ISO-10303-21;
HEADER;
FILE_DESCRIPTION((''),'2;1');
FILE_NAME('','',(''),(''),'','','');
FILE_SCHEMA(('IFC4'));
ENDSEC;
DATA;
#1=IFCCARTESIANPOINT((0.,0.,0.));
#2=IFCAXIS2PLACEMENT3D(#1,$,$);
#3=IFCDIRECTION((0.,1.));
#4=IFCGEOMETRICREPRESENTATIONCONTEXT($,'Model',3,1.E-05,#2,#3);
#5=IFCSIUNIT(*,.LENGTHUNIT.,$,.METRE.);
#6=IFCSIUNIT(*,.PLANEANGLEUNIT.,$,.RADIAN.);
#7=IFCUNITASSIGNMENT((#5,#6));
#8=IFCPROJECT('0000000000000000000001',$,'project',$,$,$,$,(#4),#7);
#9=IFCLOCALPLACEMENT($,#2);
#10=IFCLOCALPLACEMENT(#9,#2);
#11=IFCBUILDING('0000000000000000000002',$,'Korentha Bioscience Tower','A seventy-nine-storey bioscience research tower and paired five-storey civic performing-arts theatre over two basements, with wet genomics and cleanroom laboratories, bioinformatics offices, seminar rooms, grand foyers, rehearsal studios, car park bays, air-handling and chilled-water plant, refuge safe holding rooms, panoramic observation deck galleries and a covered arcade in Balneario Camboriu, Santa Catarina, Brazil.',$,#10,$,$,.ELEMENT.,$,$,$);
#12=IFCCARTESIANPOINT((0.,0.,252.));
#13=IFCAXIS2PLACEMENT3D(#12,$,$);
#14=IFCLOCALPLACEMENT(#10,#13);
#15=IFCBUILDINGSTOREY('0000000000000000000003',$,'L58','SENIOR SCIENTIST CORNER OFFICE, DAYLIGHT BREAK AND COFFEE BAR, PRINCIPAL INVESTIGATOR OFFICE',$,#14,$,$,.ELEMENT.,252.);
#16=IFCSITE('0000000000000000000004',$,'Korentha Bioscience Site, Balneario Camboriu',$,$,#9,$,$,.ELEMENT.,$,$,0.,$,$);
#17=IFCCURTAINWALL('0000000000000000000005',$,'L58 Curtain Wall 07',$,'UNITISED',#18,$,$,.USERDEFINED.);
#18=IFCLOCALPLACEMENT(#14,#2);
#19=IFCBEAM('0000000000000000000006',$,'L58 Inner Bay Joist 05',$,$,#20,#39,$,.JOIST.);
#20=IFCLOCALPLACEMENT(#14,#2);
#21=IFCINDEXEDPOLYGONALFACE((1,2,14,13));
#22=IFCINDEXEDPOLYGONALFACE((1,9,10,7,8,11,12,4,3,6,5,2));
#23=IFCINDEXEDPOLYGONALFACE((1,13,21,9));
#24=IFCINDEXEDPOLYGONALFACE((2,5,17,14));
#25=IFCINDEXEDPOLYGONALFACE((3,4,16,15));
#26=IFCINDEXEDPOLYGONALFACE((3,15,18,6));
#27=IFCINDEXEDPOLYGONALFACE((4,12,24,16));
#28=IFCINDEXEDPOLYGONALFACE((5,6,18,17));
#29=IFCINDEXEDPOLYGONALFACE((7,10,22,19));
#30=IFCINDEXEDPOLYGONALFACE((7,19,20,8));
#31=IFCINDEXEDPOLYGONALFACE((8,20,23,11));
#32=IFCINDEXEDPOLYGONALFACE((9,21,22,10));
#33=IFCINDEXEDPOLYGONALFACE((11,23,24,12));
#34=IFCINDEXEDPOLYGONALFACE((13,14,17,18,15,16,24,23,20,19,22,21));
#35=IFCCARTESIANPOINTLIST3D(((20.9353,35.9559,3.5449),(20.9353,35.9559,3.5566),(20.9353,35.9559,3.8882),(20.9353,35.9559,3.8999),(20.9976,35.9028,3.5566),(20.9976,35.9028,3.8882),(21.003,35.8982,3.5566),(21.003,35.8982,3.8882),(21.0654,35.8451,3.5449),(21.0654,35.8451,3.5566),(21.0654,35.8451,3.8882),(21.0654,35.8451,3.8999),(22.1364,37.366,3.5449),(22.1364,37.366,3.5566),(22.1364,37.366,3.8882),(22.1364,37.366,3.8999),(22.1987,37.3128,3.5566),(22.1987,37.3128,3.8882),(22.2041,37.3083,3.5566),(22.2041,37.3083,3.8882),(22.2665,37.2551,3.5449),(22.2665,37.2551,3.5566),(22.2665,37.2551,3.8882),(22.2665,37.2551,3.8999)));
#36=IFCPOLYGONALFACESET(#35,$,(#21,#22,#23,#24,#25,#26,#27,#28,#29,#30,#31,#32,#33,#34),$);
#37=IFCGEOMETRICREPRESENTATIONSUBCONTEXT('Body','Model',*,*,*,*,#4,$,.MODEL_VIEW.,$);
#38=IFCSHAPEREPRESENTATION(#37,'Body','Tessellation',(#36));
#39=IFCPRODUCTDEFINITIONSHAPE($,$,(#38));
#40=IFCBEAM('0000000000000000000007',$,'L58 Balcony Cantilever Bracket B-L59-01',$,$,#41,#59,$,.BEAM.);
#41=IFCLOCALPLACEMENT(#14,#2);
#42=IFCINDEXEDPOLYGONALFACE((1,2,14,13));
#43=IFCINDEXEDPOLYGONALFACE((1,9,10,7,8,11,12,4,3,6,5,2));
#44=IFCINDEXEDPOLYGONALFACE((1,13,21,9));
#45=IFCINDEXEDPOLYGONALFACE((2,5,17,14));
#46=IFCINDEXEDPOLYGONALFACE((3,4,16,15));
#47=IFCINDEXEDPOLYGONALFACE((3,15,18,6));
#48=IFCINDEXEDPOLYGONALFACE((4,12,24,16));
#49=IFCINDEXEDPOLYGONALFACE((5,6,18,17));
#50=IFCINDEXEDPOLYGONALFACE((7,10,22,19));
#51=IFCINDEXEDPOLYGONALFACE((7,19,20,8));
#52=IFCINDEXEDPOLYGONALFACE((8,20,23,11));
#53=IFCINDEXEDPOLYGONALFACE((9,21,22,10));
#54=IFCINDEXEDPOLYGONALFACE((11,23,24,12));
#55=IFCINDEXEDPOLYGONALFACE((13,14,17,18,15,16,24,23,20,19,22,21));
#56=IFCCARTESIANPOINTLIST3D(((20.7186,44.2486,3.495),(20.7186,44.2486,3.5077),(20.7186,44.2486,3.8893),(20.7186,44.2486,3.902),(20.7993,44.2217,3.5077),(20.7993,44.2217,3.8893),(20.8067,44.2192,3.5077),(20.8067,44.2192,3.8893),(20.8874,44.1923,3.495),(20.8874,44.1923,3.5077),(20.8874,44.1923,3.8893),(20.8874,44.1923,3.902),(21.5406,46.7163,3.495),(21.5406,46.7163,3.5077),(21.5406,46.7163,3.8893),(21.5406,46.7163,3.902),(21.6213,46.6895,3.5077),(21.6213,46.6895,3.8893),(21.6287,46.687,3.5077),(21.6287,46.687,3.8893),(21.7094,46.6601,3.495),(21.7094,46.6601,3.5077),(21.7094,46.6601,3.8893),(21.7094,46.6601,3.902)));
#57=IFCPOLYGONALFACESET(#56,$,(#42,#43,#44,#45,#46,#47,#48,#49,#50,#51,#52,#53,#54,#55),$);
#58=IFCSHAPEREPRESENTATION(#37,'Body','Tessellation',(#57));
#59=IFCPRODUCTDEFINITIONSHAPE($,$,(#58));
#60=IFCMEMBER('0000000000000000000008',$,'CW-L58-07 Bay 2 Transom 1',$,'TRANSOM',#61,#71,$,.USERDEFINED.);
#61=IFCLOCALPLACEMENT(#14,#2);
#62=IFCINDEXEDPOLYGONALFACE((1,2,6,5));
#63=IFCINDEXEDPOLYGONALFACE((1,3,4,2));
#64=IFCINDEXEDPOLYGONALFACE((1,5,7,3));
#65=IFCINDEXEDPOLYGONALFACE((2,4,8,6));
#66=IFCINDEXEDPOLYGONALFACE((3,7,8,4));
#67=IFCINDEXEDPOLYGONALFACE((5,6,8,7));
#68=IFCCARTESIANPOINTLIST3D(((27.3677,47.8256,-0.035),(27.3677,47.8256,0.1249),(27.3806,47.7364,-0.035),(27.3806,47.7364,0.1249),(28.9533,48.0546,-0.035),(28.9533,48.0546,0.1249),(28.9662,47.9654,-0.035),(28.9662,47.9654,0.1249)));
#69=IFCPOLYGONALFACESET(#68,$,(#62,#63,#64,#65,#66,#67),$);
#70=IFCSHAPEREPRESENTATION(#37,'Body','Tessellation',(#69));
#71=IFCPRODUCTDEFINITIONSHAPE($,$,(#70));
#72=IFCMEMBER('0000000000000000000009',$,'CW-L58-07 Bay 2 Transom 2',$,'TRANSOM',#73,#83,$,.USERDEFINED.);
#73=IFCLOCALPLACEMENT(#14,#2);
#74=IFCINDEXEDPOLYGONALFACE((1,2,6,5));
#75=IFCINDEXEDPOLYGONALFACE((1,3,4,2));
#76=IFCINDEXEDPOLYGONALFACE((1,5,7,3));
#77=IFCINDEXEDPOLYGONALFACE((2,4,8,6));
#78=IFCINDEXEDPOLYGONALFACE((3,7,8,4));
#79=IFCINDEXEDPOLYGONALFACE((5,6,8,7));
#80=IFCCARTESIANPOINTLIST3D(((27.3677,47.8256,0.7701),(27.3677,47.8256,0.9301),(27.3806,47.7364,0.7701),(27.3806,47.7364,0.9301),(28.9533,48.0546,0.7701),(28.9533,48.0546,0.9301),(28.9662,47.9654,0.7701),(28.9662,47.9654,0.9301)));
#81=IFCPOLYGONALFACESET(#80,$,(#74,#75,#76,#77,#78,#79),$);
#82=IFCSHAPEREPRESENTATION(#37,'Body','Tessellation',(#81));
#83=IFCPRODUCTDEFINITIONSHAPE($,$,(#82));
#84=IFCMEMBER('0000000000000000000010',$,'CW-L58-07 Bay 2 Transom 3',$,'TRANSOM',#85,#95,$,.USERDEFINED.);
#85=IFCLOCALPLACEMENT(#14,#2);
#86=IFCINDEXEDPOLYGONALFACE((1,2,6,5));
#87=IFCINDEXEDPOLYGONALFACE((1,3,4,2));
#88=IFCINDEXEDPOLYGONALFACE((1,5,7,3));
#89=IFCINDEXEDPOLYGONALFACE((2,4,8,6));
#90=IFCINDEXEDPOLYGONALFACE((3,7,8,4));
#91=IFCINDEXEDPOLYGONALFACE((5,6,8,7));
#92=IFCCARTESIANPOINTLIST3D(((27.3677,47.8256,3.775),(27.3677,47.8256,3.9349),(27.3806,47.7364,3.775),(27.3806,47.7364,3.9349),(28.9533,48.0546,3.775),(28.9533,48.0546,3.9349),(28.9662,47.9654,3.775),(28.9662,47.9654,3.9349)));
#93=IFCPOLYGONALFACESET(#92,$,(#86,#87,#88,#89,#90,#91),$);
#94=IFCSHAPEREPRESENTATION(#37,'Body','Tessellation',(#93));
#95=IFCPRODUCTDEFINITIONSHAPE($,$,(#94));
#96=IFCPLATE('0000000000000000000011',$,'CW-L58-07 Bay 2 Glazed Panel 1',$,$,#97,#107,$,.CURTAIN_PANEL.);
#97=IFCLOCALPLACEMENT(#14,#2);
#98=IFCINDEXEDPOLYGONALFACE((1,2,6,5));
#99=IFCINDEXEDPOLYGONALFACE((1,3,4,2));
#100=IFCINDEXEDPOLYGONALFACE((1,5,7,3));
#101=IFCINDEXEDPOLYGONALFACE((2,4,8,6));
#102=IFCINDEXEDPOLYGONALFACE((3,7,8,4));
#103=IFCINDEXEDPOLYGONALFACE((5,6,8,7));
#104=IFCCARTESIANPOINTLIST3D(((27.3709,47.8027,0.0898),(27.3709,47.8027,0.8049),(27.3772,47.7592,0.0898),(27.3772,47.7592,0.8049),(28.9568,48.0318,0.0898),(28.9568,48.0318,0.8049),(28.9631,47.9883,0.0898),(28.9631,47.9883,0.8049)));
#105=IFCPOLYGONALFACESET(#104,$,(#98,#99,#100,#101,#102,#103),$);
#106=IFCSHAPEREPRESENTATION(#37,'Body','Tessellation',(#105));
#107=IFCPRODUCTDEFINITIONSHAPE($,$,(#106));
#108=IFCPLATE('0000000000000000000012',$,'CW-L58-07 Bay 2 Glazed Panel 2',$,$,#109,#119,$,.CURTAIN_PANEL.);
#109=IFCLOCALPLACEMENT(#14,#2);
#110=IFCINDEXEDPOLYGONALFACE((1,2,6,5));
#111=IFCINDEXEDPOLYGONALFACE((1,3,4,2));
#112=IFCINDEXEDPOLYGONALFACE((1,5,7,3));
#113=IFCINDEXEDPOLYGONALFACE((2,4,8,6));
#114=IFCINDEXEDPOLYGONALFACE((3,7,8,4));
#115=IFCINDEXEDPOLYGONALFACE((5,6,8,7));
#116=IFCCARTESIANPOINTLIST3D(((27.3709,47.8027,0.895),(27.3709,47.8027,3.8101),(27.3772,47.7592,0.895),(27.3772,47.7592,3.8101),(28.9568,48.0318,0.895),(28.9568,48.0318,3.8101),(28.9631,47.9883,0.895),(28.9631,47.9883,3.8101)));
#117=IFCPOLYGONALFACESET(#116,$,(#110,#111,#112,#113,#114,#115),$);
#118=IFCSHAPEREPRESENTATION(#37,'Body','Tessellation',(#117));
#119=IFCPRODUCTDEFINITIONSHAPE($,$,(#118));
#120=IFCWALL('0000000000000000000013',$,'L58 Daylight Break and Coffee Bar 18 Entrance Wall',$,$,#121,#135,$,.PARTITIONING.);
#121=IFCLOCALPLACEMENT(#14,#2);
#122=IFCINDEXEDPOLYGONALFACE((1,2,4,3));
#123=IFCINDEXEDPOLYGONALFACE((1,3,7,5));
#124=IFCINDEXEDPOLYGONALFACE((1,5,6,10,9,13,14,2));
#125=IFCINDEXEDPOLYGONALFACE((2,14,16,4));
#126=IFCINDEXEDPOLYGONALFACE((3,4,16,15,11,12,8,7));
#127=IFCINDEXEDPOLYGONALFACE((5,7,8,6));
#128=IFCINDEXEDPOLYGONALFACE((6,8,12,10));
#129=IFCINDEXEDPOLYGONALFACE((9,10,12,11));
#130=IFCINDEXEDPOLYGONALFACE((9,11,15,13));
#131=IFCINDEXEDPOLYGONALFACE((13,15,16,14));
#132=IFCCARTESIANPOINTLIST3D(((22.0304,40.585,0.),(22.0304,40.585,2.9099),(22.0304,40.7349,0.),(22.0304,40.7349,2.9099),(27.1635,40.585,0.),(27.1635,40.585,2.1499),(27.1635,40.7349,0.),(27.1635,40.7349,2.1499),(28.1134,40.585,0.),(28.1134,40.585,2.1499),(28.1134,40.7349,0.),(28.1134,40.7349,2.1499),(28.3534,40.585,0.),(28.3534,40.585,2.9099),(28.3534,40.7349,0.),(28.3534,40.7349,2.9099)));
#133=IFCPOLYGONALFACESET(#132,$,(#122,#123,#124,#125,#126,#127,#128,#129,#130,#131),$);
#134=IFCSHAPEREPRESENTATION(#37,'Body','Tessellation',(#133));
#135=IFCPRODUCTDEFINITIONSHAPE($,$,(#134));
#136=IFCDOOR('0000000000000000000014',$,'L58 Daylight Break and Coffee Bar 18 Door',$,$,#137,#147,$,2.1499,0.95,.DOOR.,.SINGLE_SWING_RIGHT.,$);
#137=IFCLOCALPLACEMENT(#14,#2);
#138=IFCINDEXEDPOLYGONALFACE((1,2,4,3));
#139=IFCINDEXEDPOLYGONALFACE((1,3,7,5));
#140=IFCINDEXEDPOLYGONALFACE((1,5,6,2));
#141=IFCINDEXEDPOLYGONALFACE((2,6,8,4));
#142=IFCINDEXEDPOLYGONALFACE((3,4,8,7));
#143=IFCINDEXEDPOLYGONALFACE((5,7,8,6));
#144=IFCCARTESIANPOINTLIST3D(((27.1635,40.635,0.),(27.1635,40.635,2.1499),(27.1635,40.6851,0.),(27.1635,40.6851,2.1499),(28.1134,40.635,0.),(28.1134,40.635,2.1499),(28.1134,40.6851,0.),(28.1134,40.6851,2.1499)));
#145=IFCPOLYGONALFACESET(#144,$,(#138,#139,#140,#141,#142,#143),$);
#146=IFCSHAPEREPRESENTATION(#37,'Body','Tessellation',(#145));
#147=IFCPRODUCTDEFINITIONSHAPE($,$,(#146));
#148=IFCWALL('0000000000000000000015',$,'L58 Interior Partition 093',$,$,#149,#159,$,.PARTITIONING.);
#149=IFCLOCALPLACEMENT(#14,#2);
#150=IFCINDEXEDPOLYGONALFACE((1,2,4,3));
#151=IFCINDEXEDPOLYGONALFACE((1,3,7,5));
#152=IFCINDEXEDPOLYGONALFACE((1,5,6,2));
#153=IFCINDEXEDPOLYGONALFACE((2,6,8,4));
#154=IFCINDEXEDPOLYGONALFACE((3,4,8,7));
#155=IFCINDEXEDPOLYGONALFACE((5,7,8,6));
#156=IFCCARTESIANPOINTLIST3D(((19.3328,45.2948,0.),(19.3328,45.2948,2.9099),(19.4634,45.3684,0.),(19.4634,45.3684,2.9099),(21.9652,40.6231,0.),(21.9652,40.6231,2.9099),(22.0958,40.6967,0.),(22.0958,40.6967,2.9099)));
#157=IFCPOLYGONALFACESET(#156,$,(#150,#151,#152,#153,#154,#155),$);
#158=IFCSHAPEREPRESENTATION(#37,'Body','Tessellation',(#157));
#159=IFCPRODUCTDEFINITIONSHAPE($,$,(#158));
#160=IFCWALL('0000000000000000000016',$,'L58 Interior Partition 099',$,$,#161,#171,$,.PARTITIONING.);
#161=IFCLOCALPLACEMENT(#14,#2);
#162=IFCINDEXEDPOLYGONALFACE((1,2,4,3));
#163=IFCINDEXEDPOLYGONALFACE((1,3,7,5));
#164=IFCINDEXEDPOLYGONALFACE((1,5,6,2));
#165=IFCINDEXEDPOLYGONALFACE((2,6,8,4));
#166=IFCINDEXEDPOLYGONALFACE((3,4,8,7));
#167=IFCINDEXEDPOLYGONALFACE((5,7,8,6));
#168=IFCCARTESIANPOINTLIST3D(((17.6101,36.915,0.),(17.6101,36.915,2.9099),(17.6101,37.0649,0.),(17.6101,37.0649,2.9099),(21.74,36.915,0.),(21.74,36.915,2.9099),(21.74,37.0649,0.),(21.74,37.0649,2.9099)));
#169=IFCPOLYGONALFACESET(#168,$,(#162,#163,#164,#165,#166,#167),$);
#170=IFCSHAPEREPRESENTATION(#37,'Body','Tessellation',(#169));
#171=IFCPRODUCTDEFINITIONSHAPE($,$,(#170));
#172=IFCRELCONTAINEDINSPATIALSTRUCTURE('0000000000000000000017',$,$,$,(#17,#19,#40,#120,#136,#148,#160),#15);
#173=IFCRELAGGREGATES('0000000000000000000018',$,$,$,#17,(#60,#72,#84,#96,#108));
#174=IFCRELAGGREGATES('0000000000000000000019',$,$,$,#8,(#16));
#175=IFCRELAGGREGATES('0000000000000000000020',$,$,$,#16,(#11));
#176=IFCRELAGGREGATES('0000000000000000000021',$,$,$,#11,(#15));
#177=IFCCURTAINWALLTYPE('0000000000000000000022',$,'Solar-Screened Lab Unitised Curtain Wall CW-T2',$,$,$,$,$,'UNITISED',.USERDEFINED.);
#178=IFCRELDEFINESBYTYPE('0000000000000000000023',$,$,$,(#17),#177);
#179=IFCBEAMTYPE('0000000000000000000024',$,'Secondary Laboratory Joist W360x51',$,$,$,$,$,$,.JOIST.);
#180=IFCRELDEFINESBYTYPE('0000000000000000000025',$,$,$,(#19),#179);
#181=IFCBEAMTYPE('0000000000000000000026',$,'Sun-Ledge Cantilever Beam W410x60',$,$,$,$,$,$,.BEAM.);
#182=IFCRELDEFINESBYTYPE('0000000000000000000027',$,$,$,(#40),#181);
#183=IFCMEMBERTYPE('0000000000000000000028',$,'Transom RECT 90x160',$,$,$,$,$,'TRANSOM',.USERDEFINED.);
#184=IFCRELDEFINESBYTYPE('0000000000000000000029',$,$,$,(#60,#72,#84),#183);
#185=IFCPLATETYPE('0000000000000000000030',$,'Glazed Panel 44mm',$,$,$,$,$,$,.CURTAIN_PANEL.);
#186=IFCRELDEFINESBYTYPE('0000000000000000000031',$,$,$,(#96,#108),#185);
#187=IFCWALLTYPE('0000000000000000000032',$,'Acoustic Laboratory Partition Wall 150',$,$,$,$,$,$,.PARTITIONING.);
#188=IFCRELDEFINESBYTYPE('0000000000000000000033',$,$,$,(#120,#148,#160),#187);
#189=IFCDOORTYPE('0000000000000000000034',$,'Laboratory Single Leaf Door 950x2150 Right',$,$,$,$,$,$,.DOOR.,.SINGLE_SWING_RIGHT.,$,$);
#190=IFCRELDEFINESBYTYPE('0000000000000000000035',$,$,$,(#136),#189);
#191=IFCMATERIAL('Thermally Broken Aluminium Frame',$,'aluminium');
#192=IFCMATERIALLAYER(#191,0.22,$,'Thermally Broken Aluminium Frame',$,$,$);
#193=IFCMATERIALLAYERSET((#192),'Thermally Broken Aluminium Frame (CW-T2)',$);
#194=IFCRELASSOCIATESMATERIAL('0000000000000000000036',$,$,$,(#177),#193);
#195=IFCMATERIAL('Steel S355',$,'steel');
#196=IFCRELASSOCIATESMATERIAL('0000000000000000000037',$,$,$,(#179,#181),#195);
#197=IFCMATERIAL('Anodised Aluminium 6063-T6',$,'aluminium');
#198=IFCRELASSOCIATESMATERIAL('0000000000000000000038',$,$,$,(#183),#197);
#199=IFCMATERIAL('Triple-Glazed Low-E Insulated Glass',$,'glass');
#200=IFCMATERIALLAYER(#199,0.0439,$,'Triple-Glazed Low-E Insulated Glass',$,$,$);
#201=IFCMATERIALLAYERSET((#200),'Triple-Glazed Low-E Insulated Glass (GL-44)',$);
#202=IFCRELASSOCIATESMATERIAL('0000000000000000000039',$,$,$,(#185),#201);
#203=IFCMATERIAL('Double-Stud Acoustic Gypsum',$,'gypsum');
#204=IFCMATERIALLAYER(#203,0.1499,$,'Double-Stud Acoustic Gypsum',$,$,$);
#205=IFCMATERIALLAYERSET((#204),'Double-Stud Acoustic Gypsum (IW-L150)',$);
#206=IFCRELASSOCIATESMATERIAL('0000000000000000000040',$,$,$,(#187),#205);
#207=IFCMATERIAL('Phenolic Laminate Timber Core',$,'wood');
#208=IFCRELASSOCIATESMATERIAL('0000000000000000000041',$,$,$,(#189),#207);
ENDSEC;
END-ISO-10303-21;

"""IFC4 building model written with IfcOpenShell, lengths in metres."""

from ifc_helpers import new_model, si_unit, direction, frame, frame_2d, origin, origin_2d, place, context, subcontext, project, spatial, rectangle, i_section, extrude, material, layer, layer_set, material_profile, profile_set, type_object, element, fill, aggregate, save


model = new_model("IFC4")

# Units and contexts
model_context = context("Model", 3, precision=1e-05, world=origin(), true_north=direction((0.0, 1.0)))
body_context = subcontext(model_context, "Body", "Model", "MODEL_VIEW")
ifc_project = project(units=[si_unit("LENGTHUNIT", "METRE"), si_unit("PLANEANGLEUNIT", "RADIAN")], contexts=[model_context])

# Site, building, storey
site_placement = place(None, origin())
site = spatial("IfcSite", under=ifc_project, at=site_placement, Name="Korentha Bioscience Site, Balneario Camboriu", CompositionType="ELEMENT", RefElevation=0.0)
building_placement = place(site_placement, origin())
building = spatial("IfcBuilding", under=site, at=building_placement, Name="Korentha Bioscience Tower", Description="A seventy-nine-storey bioscience research tower and paired five-storey civic performing-arts theatre over two basements, with wet genomics and cleanroom laboratories, bioinformatics offices, seminar rooms, grand foyers, rehearsal studios, car park bays, air-handling and chilled-water plant, refuge safe holding rooms, panoramic observation deck galleries and a covered arcade in Balneario Camboriu, Santa Catarina, Brazil.", CompositionType="ELEMENT")
storey_placement = place(building_placement, frame((0.0, 0.0, 252.0)))
storey = spatial("IfcBuildingStorey", under=building, at=storey_placement, Name="L58", Description="SENIOR SCIENTIST CORNER OFFICE, DAYLIGHT BREAK AND COFFEE BAR, PRINCIPAL INVESTIGATOR OFFICE", CompositionType="ELEMENT", Elevation=252.0)

# Shared definitions
ifc_material_1 = material(Name="Steel S355", Category="steel")

# Curtain wall
ifc_material_2 = material(Name="Thermally Broken Aluminium Frame", Category="aluminium")
ifc_layer_1 = layer(ifc_material_2, 0.22, Name="Thermally Broken Aluminium Frame")
ifc_layer_set_1 = layer_set([ifc_layer_1], Name="Thermally Broken Aluminium Frame (CW-T2)")
curtain_wall_type = type_object("IfcCurtainWallType", Name="Solar-Screened Lab Unitised Curtain Wall CW-T2", ElementType="UNITISED", PredefinedType="USERDEFINED", material=ifc_layer_set_1)
curtain_wall_placement = place(storey_placement, origin())
curtain_wall = element("IfcCurtainWall", 1, at=curtain_wall_placement, inside=storey, type_object=curtain_wall_type, Name="L58 Curtain Wall 07", ObjectType="UNITISED", PredefinedType="USERDEFINED")
ifc_material_3 = material(Name="Anodised Aluminium 6063-T6", Category="aluminium")

# Beams
ifc_material_profile_1 = material_profile(ifc_material_1, i_section(OverallWidth=0.1709, OverallDepth=0.355, WebThickness=0.0071, FlangeThickness=0.0117, at=origin_2d()), Name="Steel S355")
ifc_profile_set_1 = profile_set([ifc_material_profile_1], Name="Steel S355 (JB-360)")
beam_type_1 = type_object("IfcBeamType", Name="Secondary Laboratory Joist W360x51", PredefinedType="JOIST", material=ifc_profile_set_1)
beam_1_placement = place(storey_placement, frame((22.2014, 37.3105, 3.7224), z_axis=(-0.648444, -0.761263, 0.0), x_axis=(0.761263, -0.648444, 0.0)))
element("IfcBeam", 2, at=beam_1_placement, inside=storey, type_object=beam_type_1, Name="L58 Inner Bay Joist 05", PredefinedType="JOIST", context=body_context, shape_type="SweptSolid", body=[
    extrude(i_section(OverallWidth=0.1709, OverallDepth=0.355, WebThickness=0.0071, FlangeThickness=0.0117, at=origin_2d()), origin(), (0.0, 0.0, 1.0), 1.8523),
])
ifc_material_profile_2 = material_profile(ifc_material_1, i_section(OverallWidth=0.178, OverallDepth=0.407, WebThickness=0.0078, FlangeThickness=0.0127, at=origin_2d()), Name="Steel S355")
ifc_profile_set_2 = profile_set([ifc_material_profile_2], Name="Steel S355 (CB-410)")
beam_type_2 = type_object("IfcBeamType", Name="Sun-Ledge Cantilever Beam W410x60", PredefinedType="BEAM", material=ifc_profile_set_2)
beam_2_placement = place(storey_placement, frame((20.803, 44.2205, 3.6985), z_axis=(0.316031, 0.948749, 0.0), x_axis=(-0.948749, 0.316031, 0.0)))
element("IfcBeam", 3, at=beam_2_placement, inside=storey, type_object=beam_type_2, Name="L58 Balcony Cantilever Bracket B-L59-01", PredefinedType="BEAM", context=body_context, shape_type="SweptSolid", body=[
    extrude(i_section(OverallWidth=0.178, OverallDepth=0.407, WebThickness=0.0078, FlangeThickness=0.0127, at=origin_2d()), origin(), (0.0, 0.0, 1.0), 2.6011),
])

# Members
ifc_material_profile_3 = material_profile(ifc_material_3, rectangle(XDim=0.0901, YDim=0.1599, at=origin_2d()), Name="Anodised Aluminium 6063-T6")
ifc_profile_set_3 = profile_set([ifc_material_profile_3], Name="Anodised Aluminium 6063-T6 (CW-TRN)")
member_type_1 = type_object("IfcMemberType", Name="Transom RECT 90x160", ElementType="TRANSOM", PredefinedType="USERDEFINED", material=ifc_profile_set_3)
member_1_placement = place(storey_placement, frame((28.9597, 48.01, 0.0449), z_axis=(-0.989732, -0.142936, 0.0), x_axis=(0.142936, -0.989732, 0.0)))
member_1 = element("IfcMember", 4, at=member_1_placement, type_object=member_type_1, Name="CW-L58-07 Bay 2 Transom 1", ObjectType="TRANSOM", PredefinedType="USERDEFINED", context=body_context, shape_type="SweptSolid", body=[
    extrude(rectangle(XDim=0.0901, YDim=0.1599, at=origin_2d()), origin(), (0.0, 0.0, 1.0), 1.6021),
])
member_2_placement = place(storey_placement, frame((28.9597, 48.01, 0.8501), z_axis=(-0.989732, -0.142936, 0.0), x_axis=(0.142936, -0.989732, 0.0)))
member_2 = element("IfcMember", 5, at=member_2_placement, type_object=member_type_1, Name="CW-L58-07 Bay 2 Transom 2", ObjectType="TRANSOM", PredefinedType="USERDEFINED", context=body_context, shape_type="SweptSolid", body=[
    extrude(rectangle(XDim=0.0901, YDim=0.1599, at=origin_2d()), origin(), (0.0, 0.0, 1.0), 1.6021),
])
member_3_placement = place(storey_placement, frame((28.9597, 48.01, 3.855), z_axis=(-0.989732, -0.142936, 0.0), x_axis=(0.142936, -0.989732, 0.0)))
member_3 = element("IfcMember", 6, at=member_3_placement, type_object=member_type_1, Name="CW-L58-07 Bay 2 Transom 3", ObjectType="TRANSOM", PredefinedType="USERDEFINED", context=body_context, shape_type="SweptSolid", body=[
    extrude(rectangle(XDim=0.0901, YDim=0.1599, at=origin_2d()), origin(), (0.0, 0.0, 1.0), 1.6021),
])

# Plates
ifc_material_4 = material(Name="Triple-Glazed Low-E Insulated Glass", Category="glass")
ifc_layer_2 = layer(ifc_material_4, 0.0439, Name="Triple-Glazed Low-E Insulated Glass")
ifc_layer_set_2 = layer_set([ifc_layer_2], Name="Triple-Glazed Low-E Insulated Glass (GL-44)")
plate_type = type_object("IfcPlateType", Name="Glazed Panel 44mm", PredefinedType="CURTAIN_PANEL", material=ifc_layer_set_2)
plate_1_placement = place(storey_placement, frame((28.167, 47.8955, 0.0898), z_axis=(0.0, 0.0, 1.0), x_axis=(-0.989729, -0.142956, 0.0)))
plate_1 = element("IfcPlate", 7, at=plate_1_placement, type_object=plate_type, Name="CW-L58-07 Bay 2 Glazed Panel 1", PredefinedType="CURTAIN_PANEL", context=body_context, shape_type="SweptSolid", body=[
    extrude(rectangle(XDim=1.6023, YDim=0.0439, at=origin_2d()), origin(), (0.0, 0.0, 1.0), 0.7151),
])
plate_2_placement = place(storey_placement, frame((28.167, 47.8955, 0.895), z_axis=(0.0, 0.0, 1.0), x_axis=(-0.989729, -0.142956, 0.0)))
plate_2 = element("IfcPlate", 8, at=plate_2_placement, type_object=plate_type, Name="CW-L58-07 Bay 2 Glazed Panel 2", PredefinedType="CURTAIN_PANEL", context=body_context, shape_type="SweptSolid", body=[
    extrude(rectangle(XDim=1.6023, YDim=0.0439, at=origin_2d()), origin(), (0.0, 0.0, 1.0), 2.915),
])
aggregate(curtain_wall, [member_1, member_2, member_3, plate_1, plate_2])

# Wall, opening, door
ifc_material_5 = material(Name="Double-Stud Acoustic Gypsum", Category="gypsum")
ifc_layer_3 = layer(ifc_material_5, 0.1499, Name="Double-Stud Acoustic Gypsum")
ifc_layer_set_3 = layer_set([ifc_layer_3], Name="Double-Stud Acoustic Gypsum (IW-L150)")
wall_type_1 = type_object("IfcWallType", Name="Acoustic Laboratory Partition Wall 150", PredefinedType="PARTITIONING", material=ifc_layer_set_3)
wall_1_placement = place(storey_placement, frame((28.3535, 40.6599, 0.0), z_axis=(0.0, 0.0, 1.0), x_axis=(-1.0, 0.0, 0.0)))
wall_1 = element("IfcWall", 9, at=wall_1_placement, inside=storey, type_object=wall_type_1, Name="L58 Daylight Break and Coffee Bar 18 Entrance Wall", PredefinedType="PARTITIONING", context=body_context, shape_type="SweptSolid", body=[
    extrude(rectangle(XDim=6.323, YDim=0.1499, at=frame_2d((3.1616, 0.0))), origin(), (0.0, 0.0, 1.0), 2.9099),
])
opening_1_placement = place(wall_1_placement, frame((0.24, 0.0, 0.0)))
opening_1 = element("IfcOpeningElement", 10, at=opening_1_placement, cuts=wall_1, PredefinedType="OPENING", context=body_context, shape_type="SweptSolid", body=[
    extrude(rectangle(XDim=0.95, YDim=2.1499, at=frame_2d((0.4751, 1.075))), frame((0.0, 0.0898, 0.0), z_axis=(0.0, -1.0, 0.0), x_axis=(1.0, 0.0, 0.0)), (0.0, 0.0, 1.0), 0.1797),
])
ifc_material_6 = material(Name="Phenolic Laminate Timber Core", Category="wood")
door_type_1 = type_object("IfcDoorType", Name="Laboratory Single Leaf Door 950x2150 Right", OperationType="SINGLE_SWING_RIGHT", PredefinedType="DOOR", material=ifc_material_6)
door_1_placement = place(opening_1_placement, origin())
door_1 = element("IfcDoor", 11, at=door_1_placement, inside=storey, type_object=door_type_1, Name="L58 Daylight Break and Coffee Bar 18 Door", OperationType="SINGLE_SWING_RIGHT", OverallHeight=2.1499, OverallWidth=0.95, PredefinedType="DOOR", context=body_context, shape_type="SweptSolid", body=[
    extrude(rectangle(XDim=0.95, YDim=2.1499, at=frame_2d((0.4751, 1.075))), frame((0.0, 0.0249, 0.0), z_axis=(0.0, -1.0, 0.0), x_axis=(1.0, 0.0, 0.0)), (0.0, 0.0, 1.0), 0.05),
])
fill(opening_1, door_1)

# Walls
wall_2_placement = place(storey_placement, frame((22.0305, 40.6599, 0.0), z_axis=(0.0, 0.0, 1.0), x_axis=(-0.490903, 0.871214, 0.0)))
element("IfcWall", 12, at=wall_2_placement, inside=storey, type_object=wall_type_1, Name="L58 Interior Partition 093", PredefinedType="PARTITIONING", context=body_context, shape_type="SweptSolid", body=[
    extrude(rectangle(XDim=5.3623, YDim=0.1499, at=frame_2d((2.6812, 0.0))), origin(), (0.0, 0.0, 1.0), 2.9099),
])
wall_3_placement = place(storey_placement, frame((17.6101, 36.99, 0.0), z_axis=(0.0, 0.0, 1.0), x_axis=(1.0, 0.0, 0.0)))
element("IfcWall", 13, at=wall_3_placement, inside=storey, type_object=wall_type_1, Name="L58 Interior Partition 099", PredefinedType="PARTITIONING", context=body_context, shape_type="SweptSolid", body=[
    extrude(rectangle(XDim=4.1299, YDim=0.1499, at=frame_2d((2.0649, 0.0))), origin(), (0.0, 0.0, 1.0), 2.9099),
])

save(model, "model.ifc")
